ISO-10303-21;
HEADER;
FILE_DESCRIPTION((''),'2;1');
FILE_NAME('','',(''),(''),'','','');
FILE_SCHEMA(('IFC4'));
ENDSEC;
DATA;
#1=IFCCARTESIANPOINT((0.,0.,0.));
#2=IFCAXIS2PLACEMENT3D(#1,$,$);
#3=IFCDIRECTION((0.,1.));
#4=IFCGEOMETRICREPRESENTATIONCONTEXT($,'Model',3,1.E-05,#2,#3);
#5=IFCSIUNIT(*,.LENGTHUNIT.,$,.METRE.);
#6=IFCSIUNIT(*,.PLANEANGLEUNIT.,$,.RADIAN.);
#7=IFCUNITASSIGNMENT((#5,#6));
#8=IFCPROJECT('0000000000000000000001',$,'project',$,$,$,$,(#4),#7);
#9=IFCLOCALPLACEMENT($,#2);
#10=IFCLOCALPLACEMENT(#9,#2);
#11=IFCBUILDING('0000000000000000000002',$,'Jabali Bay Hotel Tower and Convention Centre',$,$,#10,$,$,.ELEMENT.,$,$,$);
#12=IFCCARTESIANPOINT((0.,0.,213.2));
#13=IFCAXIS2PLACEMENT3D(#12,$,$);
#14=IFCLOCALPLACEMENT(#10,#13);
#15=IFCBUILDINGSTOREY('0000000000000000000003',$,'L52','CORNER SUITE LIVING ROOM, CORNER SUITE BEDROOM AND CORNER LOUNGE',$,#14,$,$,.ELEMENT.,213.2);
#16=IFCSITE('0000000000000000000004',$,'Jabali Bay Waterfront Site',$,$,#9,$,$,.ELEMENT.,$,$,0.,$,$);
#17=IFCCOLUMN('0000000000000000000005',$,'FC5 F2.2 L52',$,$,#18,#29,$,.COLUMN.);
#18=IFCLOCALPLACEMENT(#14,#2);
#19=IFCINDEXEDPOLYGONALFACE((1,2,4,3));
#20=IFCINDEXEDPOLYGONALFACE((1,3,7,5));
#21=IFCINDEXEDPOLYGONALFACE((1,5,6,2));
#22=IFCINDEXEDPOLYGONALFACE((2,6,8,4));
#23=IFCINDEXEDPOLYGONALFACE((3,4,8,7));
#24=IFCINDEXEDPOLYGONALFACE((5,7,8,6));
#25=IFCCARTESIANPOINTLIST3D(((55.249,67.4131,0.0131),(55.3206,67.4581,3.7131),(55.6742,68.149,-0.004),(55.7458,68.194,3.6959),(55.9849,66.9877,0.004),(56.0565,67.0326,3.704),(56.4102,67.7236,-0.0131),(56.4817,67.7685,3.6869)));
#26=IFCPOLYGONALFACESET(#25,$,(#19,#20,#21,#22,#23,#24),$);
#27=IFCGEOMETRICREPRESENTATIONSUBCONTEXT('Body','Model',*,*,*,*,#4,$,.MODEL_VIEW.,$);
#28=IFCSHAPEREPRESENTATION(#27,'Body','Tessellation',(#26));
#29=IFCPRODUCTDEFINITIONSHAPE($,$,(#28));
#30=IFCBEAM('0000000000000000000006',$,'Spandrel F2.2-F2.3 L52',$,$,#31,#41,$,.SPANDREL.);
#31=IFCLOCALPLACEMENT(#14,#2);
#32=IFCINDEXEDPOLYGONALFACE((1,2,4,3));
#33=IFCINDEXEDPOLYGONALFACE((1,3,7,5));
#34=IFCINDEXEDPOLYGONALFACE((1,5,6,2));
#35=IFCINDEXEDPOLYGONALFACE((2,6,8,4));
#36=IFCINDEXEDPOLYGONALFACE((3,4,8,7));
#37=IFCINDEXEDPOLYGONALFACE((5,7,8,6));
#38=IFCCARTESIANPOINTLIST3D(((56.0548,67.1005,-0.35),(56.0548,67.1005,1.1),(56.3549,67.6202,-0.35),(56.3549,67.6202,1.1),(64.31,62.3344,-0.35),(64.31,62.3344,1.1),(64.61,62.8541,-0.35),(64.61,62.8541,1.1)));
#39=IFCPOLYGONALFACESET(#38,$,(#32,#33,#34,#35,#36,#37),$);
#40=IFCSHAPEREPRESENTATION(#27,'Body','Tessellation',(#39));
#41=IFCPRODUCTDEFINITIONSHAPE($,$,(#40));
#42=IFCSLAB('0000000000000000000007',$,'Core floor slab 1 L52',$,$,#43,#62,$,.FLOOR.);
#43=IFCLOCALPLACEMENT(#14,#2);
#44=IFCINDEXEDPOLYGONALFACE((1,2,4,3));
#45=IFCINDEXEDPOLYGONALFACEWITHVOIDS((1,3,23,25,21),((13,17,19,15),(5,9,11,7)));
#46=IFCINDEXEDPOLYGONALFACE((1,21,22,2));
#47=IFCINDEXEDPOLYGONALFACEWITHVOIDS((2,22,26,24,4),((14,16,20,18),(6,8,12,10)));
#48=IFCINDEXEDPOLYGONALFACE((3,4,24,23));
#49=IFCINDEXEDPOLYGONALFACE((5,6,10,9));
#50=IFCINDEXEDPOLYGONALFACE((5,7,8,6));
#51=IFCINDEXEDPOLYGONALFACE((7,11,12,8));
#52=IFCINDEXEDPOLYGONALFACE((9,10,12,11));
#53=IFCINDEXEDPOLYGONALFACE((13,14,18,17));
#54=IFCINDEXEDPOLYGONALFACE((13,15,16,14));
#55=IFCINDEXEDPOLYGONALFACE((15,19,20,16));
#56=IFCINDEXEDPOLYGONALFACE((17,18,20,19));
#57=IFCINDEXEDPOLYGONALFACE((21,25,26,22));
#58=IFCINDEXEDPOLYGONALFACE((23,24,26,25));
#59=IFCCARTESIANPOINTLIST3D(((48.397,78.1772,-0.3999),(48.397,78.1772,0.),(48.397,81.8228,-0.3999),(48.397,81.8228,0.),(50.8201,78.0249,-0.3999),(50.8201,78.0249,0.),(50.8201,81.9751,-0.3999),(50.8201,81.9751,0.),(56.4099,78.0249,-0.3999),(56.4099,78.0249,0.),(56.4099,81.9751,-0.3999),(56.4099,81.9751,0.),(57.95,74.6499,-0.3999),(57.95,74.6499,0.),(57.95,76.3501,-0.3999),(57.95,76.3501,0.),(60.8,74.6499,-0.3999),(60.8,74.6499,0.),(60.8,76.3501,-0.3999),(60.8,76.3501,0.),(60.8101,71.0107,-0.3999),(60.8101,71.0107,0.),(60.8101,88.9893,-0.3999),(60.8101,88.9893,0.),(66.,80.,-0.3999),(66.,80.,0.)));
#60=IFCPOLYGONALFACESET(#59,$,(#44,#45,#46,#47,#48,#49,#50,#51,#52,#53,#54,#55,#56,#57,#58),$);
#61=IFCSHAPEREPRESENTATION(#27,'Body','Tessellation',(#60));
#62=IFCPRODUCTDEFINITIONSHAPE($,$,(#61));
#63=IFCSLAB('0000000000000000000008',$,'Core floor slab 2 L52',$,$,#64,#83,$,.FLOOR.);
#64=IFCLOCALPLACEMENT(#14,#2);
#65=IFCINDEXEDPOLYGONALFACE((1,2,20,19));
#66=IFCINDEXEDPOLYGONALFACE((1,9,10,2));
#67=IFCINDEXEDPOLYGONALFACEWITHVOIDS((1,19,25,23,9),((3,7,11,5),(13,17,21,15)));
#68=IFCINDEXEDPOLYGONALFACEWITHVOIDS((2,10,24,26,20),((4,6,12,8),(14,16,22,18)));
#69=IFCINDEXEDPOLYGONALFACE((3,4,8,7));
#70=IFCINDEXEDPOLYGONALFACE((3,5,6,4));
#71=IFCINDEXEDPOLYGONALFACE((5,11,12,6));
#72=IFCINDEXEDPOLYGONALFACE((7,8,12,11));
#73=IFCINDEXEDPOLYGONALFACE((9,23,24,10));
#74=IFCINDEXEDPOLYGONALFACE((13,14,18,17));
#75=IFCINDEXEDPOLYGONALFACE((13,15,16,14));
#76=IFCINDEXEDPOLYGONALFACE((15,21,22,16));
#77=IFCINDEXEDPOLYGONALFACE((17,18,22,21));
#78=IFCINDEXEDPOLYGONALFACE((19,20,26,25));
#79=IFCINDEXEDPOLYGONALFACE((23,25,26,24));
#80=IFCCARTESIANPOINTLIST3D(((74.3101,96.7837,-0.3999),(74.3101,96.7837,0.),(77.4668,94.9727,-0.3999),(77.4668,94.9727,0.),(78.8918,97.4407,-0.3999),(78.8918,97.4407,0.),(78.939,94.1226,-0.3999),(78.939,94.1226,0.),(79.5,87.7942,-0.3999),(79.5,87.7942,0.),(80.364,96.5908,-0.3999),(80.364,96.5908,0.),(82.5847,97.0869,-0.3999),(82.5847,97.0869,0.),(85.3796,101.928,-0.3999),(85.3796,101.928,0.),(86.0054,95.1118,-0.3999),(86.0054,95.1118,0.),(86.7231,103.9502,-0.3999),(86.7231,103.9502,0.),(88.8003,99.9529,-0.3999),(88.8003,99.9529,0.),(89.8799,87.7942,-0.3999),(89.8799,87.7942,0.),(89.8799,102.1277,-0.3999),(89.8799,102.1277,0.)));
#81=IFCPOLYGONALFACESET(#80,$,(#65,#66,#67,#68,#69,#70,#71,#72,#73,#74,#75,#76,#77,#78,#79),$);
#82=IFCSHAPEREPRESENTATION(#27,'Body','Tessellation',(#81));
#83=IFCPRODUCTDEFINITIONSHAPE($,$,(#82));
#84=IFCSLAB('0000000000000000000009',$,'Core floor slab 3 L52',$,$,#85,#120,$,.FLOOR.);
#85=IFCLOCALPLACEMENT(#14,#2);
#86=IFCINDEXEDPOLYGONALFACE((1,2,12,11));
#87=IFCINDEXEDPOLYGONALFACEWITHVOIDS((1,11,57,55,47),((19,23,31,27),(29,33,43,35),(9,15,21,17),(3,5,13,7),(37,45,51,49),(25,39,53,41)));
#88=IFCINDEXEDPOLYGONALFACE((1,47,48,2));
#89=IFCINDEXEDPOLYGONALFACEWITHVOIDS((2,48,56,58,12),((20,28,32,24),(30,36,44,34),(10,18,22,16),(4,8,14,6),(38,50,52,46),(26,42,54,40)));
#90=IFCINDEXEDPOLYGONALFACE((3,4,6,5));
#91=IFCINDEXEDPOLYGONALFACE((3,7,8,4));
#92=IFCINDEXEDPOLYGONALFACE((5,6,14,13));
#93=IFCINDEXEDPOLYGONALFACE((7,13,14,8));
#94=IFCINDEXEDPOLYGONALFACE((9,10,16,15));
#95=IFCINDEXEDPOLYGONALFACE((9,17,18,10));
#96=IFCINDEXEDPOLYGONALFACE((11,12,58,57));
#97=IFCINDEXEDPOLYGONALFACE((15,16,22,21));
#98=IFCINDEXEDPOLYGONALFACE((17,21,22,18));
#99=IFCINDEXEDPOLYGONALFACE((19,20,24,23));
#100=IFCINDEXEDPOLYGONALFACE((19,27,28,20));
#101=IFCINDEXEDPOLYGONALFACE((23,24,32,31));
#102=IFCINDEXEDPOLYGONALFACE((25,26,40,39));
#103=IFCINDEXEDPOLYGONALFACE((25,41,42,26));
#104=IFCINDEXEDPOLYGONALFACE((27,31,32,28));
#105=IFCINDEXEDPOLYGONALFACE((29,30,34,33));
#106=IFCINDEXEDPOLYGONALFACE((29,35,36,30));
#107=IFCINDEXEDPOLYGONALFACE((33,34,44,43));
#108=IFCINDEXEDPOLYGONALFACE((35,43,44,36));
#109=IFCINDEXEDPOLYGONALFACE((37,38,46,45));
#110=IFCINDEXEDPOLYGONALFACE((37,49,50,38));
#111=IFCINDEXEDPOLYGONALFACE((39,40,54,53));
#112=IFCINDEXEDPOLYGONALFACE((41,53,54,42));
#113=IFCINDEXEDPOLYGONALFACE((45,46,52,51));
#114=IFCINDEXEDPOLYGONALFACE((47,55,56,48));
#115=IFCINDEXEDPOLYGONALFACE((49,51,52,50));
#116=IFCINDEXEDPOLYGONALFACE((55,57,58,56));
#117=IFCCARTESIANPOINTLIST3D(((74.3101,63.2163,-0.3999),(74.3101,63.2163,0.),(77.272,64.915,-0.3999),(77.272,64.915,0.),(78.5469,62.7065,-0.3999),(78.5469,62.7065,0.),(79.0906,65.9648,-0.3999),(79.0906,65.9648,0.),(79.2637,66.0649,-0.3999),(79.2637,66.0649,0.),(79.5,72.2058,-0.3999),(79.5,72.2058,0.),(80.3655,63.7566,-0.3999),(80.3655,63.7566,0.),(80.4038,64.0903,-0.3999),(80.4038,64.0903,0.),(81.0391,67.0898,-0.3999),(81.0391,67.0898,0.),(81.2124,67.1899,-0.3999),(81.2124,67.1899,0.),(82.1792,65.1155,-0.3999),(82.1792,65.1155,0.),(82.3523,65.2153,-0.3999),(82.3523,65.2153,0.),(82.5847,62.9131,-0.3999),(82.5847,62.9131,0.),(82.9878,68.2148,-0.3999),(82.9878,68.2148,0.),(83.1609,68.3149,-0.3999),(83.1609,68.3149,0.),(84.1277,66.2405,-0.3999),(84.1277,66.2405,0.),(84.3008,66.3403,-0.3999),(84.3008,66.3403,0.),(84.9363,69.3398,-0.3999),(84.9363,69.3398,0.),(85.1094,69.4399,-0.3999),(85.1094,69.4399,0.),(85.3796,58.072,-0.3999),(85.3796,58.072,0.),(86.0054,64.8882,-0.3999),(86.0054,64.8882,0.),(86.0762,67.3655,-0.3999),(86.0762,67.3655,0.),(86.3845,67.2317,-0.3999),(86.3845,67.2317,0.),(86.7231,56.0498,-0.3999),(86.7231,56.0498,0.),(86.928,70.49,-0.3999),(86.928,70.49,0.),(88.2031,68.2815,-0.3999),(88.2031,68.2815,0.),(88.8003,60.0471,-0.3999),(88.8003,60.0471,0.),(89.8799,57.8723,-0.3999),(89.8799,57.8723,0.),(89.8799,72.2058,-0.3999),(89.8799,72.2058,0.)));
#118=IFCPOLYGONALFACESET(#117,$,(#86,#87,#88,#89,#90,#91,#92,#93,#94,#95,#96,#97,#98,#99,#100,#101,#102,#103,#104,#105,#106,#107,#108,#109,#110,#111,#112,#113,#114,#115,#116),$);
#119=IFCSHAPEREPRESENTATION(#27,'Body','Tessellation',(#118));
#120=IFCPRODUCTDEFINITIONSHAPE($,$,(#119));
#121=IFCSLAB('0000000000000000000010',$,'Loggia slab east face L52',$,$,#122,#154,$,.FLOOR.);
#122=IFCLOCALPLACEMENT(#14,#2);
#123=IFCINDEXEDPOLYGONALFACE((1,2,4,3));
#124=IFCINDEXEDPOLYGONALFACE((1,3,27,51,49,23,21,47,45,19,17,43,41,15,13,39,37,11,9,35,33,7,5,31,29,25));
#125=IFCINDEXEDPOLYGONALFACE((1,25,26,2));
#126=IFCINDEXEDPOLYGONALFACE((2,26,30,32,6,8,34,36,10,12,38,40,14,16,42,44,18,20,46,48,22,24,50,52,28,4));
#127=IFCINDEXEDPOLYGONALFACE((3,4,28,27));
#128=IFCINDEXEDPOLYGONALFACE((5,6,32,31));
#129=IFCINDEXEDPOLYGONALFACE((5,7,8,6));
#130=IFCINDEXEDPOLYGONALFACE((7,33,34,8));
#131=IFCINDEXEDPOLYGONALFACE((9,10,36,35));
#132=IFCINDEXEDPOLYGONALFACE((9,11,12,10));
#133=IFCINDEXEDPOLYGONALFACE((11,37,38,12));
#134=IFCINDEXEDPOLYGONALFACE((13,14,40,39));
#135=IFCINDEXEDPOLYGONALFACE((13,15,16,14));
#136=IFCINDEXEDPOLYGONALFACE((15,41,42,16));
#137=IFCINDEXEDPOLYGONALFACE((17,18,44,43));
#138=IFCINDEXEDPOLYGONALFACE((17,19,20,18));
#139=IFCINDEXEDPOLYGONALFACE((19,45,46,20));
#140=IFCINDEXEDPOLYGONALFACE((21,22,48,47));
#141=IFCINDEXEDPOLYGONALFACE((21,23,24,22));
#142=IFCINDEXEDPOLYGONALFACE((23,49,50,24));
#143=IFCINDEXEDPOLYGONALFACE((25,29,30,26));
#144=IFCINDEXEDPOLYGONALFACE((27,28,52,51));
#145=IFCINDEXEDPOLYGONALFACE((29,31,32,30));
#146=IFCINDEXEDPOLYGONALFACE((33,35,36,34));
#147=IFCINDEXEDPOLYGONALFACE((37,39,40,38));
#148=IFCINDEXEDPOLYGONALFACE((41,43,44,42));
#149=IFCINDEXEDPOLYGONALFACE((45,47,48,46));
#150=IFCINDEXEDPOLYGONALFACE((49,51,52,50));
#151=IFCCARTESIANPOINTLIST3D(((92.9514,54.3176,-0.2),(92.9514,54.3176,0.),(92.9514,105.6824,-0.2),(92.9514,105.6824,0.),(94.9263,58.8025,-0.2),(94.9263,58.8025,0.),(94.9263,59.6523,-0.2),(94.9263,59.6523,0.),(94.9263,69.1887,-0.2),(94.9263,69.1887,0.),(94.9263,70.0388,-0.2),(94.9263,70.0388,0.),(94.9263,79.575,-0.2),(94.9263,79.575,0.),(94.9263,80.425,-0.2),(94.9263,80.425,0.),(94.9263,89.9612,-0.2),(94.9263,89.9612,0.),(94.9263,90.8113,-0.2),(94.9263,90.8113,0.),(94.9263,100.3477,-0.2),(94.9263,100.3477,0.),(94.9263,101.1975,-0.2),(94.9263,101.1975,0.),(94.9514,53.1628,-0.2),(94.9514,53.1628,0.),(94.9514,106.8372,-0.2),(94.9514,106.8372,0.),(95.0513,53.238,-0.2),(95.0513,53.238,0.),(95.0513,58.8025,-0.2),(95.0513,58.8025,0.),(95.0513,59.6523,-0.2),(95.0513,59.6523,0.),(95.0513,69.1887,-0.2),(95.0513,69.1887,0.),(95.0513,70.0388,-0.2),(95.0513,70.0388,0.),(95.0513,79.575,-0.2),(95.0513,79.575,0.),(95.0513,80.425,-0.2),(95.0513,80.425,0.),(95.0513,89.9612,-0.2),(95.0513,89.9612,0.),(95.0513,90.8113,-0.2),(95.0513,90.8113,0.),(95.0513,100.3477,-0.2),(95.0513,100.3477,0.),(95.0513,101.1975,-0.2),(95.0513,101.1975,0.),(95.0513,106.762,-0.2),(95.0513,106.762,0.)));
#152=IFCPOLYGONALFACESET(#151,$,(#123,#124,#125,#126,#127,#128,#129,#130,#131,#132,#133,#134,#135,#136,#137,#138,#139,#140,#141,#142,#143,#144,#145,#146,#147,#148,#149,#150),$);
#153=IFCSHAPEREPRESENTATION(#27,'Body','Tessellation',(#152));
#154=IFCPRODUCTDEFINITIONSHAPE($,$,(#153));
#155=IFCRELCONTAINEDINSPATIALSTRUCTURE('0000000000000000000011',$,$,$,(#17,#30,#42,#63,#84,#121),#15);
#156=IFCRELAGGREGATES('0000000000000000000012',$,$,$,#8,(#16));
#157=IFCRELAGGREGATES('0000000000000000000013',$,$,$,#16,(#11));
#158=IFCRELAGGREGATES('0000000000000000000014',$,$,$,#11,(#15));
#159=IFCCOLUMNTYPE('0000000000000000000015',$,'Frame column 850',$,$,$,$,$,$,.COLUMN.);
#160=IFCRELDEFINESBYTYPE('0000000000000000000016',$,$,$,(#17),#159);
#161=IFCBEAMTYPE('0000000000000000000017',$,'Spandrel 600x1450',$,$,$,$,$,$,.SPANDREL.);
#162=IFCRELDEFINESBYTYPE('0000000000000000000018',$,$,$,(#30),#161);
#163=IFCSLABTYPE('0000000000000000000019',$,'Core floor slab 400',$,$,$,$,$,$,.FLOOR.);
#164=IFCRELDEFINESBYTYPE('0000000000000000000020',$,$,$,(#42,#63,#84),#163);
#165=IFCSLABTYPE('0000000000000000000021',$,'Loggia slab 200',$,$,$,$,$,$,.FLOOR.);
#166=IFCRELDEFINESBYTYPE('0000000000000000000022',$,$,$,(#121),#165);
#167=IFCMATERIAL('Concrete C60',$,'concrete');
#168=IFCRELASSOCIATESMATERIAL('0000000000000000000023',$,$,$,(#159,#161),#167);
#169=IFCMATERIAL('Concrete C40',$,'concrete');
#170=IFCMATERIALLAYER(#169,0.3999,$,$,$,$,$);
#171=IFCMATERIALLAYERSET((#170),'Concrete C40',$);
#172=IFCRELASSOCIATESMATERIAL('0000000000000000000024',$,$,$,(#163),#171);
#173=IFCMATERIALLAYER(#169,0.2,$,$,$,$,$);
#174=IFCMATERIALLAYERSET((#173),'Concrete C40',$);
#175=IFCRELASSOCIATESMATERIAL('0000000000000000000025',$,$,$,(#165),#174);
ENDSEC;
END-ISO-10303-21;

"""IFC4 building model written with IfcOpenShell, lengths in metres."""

from ifc_helpers import new_model, si_unit, direction, frame, origin, origin_2d, place, context, subcontext, project, spatial, polyline, rectangle, outline, extrude, material, layer, layer_set, material_profile, profile_set, type_object, element, save


model = new_model("IFC4")

# Units and contexts
model_context = context("Model", 3, precision=1e-05, world=origin(), true_north=direction((0.0, 1.0)))
body_context = subcontext(model_context, "Body", "Model", "MODEL_VIEW")
ifc_project = project(units=[si_unit("LENGTHUNIT", "METRE"), si_unit("PLANEANGLEUNIT", "RADIAN")], contexts=[model_context])

# Site, building, storey
site_placement = place(None, origin())
site = spatial("IfcSite", under=ifc_project, at=site_placement, Name="Jabali Bay Waterfront Site", CompositionType="ELEMENT", RefElevation=0.0)
building_placement = place(site_placement, origin())
building = spatial("IfcBuilding", under=site, at=building_placement, Name="Jabali Bay Hotel Tower and Convention Centre", CompositionType="ELEMENT")
storey_placement = place(building_placement, frame((0.0, 0.0, 213.2)))
storey = spatial("IfcBuildingStorey", under=building, at=storey_placement, Name="L52", Description="CORNER SUITE LIVING ROOM, CORNER SUITE BEDROOM AND CORNER LOUNGE", CompositionType="ELEMENT", Elevation=213.2)

# Column
ifc_material_1 = material(Name="Concrete C60", Category="concrete")
ifc_material_profile_1 = material_profile(ifc_material_1, rectangle(XDim=0.8501, YDim=0.8501, at=origin_2d()), Name="Frame column 850")
ifc_profile_set_1 = profile_set([ifc_material_profile_1], Name="Concrete C60")
column_type = type_object("IfcColumnType", Name="Frame column 850", PredefinedType="COLUMN", material=ifc_profile_set_1)
column_placement = place(storey_placement, frame((55.8296, 67.5684, 0.0), z_axis=(0.019329, 0.012138, 0.99974), x_axis=(-0.865691, 0.500465, 0.010661)))
element("IfcColumn", 1, at=column_placement, inside=storey, type_object=column_type, Name="FC5 F2.2 L52", PredefinedType="COLUMN", context=body_context, shape_type="SweptSolid", body=[
    extrude(rectangle(XDim=0.8501, YDim=0.8501, at=origin_2d()), origin(), (0.0, 0.0, 1.0), 3.7009),
])

# Beam
ifc_material_profile_2 = material_profile(ifc_material_1, rectangle(XDim=0.6001, YDim=1.45, at=origin_2d()), Name="Spandrel 600x1450")
ifc_profile_set_2 = profile_set([ifc_material_profile_2], Name="Concrete C60")
beam_type = type_object("IfcBeamType", Name="Spandrel 600x1450", PredefinedType="SPANDREL", material=ifc_profile_set_2)
beam_placement = place(storey_placement, frame((56.2048, 67.3604, 0.375), z_axis=(0.866025, -0.500001, 0.0), x_axis=(0.500001, 0.866025, 0.0)))
element("IfcBeam", 2, at=beam_placement, inside=storey, type_object=beam_type, Name="Spandrel F2.2-F2.3 L52", PredefinedType="SPANDREL", context=body_context, shape_type="SweptSolid", body=[
    extrude(rectangle(XDim=0.6001, YDim=1.45, at=origin_2d()), origin(), (0.0, 0.0, 1.0), 9.5322),
])

# Slabs
ifc_material_2 = material(Name="Concrete C40", Category="concrete")
ifc_layer_1 = layer(ifc_material_2, 0.3999)
ifc_layer_set_1 = layer_set([ifc_layer_1], Name="Concrete C40")
slab_type_1 = type_object("IfcSlabType", Name="Core floor slab 400", PredefinedType="FLOOR", material=ifc_layer_set_1)
slab_1_placement = place(storey_placement, frame((0.0, 0.0, -0.3999)))
element("IfcSlab", 3, at=slab_1_placement, inside=storey, type_object=slab_type_1, Name="Core floor slab 1 L52", PredefinedType="FLOOR", context=body_context, shape_type="SweptSolid", body=[
    extrude(outline(polyline([(66.0, 80.0), (60.8101, 88.9893), (48.397, 81.8228), (48.397, 78.1772), (60.8101, 71.0107), (66.0, 80.0)]), holes=[polyline([(60.8, 76.3501), (57.95, 76.3501), (57.95, 74.6499), (60.8, 74.6499), (60.8, 76.3501)]), polyline([(50.8201, 81.9751), (50.8201, 78.0249), (56.4099, 78.0249), (56.4099, 81.9751), (50.8201, 81.9751)])]), origin(), (0.0, 0.0, 1.0), 0.3999),
])
slab_2_placement = place(storey_placement, frame((0.0, 0.0, -0.3999)))
element("IfcSlab", 4, at=slab_2_placement, inside=storey, type_object=slab_type_1, Name="Core floor slab 2 L52", PredefinedType="FLOOR", context=body_context, shape_type="SweptSolid", body=[
    extrude(outline(polyline([(79.5, 87.7942), (89.8799, 87.7942), (89.8799, 102.1277), (86.7231, 103.9502), (74.3101, 96.7837), (79.5, 87.7942)]), holes=[polyline([(78.939, 94.1226), (80.364, 96.5908), (78.8918, 97.4407), (77.4668, 94.9727), (78.939, 94.1226)]), polyline([(88.8003, 99.9529), (85.3796, 101.928), (82.5847, 97.0869), (86.0054, 95.1118), (88.8003, 99.9529)])]), origin(), (0.0, 0.0, 1.0), 0.3999),
])
slab_3_placement = place(storey_placement, frame((0.0, 0.0, -0.3999)))
element("IfcSlab", 5, at=slab_3_placement, inside=storey, type_object=slab_type_1, Name="Core floor slab 3 L52", PredefinedType="FLOOR", context=body_context, shape_type="SweptSolid", body=[
    extrude(outline(polyline([(79.5, 72.2058), (74.3101, 63.2163), (86.7231, 56.0498), (89.8799, 57.8723), (89.8799, 72.2058), (79.5, 72.2058)]), holes=[polyline([(82.5847, 62.9131), (85.3796, 58.072), (88.8003, 60.0471), (86.0054, 64.8882), (82.5847, 62.9131)]), polyline([(80.3655, 63.7566), (79.0906, 65.9648), (77.272, 64.915), (78.5469, 62.7065), (80.3655, 63.7566)]), polyline([(82.1792, 65.1155), (81.0391, 67.0898), (79.2637, 66.0649), (80.4038, 64.0903), (82.1792, 65.1155)]), polyline([(82.9878, 68.2148), (81.2124, 67.1899), (82.3523, 65.2153), (84.1277, 66.2405), (82.9878, 68.2148)]), polyline([(86.0762, 67.3655), (84.9363, 69.3398), (83.1609, 68.3149), (84.3008, 66.3403), (86.0762, 67.3655)]), polyline([(88.2031, 68.2815), (86.928, 70.49), (85.1094, 69.4399), (86.3845, 67.2317), (88.2031, 68.2815)])]), origin(), (0.0, 0.0, 1.0), 0.3999),
])
ifc_layer_2 = layer(ifc_material_2, 0.2)
ifc_layer_set_2 = layer_set([ifc_layer_2], Name="Concrete C40")
slab_type_2 = type_object("IfcSlabType", Name="Loggia slab 200", PredefinedType="FLOOR", material=ifc_layer_set_2)
slab_4_placement = place(storey_placement, frame((0.0, 0.0, -0.2)))
element("IfcSlab", 6, at=slab_4_placement, inside=storey, type_object=slab_type_2, Name="Loggia slab east face L52", PredefinedType="FLOOR", context=body_context, shape_type="SweptSolid", body=[
    extrude(outline(polyline([(92.9514, 105.6824), (94.9514, 106.8372), (95.0513, 106.762), (95.0513, 101.1975), (94.9263, 101.1975), (94.9263, 100.3477), (95.0513, 100.3477), (95.0513, 90.8113), (94.9263, 90.8113), (94.9263, 89.9612), (95.0513, 89.9612), (95.0513, 80.425), (94.9263, 80.425), (94.9263, 79.575), (95.0513, 79.575), (95.0513, 70.0388), (94.9263, 70.0388), (94.9263, 69.1887), (95.0513, 69.1887), (95.0513, 59.6523), (94.9263, 59.6523), (94.9263, 58.8025), (95.0513, 58.8025), (95.0513, 53.238), (94.9514, 53.1628), (92.9514, 54.3176), (92.9514, 105.6824)])), origin(), (0.0, 0.0, 1.0), 0.2),
])

save(model, "model.ifc")
